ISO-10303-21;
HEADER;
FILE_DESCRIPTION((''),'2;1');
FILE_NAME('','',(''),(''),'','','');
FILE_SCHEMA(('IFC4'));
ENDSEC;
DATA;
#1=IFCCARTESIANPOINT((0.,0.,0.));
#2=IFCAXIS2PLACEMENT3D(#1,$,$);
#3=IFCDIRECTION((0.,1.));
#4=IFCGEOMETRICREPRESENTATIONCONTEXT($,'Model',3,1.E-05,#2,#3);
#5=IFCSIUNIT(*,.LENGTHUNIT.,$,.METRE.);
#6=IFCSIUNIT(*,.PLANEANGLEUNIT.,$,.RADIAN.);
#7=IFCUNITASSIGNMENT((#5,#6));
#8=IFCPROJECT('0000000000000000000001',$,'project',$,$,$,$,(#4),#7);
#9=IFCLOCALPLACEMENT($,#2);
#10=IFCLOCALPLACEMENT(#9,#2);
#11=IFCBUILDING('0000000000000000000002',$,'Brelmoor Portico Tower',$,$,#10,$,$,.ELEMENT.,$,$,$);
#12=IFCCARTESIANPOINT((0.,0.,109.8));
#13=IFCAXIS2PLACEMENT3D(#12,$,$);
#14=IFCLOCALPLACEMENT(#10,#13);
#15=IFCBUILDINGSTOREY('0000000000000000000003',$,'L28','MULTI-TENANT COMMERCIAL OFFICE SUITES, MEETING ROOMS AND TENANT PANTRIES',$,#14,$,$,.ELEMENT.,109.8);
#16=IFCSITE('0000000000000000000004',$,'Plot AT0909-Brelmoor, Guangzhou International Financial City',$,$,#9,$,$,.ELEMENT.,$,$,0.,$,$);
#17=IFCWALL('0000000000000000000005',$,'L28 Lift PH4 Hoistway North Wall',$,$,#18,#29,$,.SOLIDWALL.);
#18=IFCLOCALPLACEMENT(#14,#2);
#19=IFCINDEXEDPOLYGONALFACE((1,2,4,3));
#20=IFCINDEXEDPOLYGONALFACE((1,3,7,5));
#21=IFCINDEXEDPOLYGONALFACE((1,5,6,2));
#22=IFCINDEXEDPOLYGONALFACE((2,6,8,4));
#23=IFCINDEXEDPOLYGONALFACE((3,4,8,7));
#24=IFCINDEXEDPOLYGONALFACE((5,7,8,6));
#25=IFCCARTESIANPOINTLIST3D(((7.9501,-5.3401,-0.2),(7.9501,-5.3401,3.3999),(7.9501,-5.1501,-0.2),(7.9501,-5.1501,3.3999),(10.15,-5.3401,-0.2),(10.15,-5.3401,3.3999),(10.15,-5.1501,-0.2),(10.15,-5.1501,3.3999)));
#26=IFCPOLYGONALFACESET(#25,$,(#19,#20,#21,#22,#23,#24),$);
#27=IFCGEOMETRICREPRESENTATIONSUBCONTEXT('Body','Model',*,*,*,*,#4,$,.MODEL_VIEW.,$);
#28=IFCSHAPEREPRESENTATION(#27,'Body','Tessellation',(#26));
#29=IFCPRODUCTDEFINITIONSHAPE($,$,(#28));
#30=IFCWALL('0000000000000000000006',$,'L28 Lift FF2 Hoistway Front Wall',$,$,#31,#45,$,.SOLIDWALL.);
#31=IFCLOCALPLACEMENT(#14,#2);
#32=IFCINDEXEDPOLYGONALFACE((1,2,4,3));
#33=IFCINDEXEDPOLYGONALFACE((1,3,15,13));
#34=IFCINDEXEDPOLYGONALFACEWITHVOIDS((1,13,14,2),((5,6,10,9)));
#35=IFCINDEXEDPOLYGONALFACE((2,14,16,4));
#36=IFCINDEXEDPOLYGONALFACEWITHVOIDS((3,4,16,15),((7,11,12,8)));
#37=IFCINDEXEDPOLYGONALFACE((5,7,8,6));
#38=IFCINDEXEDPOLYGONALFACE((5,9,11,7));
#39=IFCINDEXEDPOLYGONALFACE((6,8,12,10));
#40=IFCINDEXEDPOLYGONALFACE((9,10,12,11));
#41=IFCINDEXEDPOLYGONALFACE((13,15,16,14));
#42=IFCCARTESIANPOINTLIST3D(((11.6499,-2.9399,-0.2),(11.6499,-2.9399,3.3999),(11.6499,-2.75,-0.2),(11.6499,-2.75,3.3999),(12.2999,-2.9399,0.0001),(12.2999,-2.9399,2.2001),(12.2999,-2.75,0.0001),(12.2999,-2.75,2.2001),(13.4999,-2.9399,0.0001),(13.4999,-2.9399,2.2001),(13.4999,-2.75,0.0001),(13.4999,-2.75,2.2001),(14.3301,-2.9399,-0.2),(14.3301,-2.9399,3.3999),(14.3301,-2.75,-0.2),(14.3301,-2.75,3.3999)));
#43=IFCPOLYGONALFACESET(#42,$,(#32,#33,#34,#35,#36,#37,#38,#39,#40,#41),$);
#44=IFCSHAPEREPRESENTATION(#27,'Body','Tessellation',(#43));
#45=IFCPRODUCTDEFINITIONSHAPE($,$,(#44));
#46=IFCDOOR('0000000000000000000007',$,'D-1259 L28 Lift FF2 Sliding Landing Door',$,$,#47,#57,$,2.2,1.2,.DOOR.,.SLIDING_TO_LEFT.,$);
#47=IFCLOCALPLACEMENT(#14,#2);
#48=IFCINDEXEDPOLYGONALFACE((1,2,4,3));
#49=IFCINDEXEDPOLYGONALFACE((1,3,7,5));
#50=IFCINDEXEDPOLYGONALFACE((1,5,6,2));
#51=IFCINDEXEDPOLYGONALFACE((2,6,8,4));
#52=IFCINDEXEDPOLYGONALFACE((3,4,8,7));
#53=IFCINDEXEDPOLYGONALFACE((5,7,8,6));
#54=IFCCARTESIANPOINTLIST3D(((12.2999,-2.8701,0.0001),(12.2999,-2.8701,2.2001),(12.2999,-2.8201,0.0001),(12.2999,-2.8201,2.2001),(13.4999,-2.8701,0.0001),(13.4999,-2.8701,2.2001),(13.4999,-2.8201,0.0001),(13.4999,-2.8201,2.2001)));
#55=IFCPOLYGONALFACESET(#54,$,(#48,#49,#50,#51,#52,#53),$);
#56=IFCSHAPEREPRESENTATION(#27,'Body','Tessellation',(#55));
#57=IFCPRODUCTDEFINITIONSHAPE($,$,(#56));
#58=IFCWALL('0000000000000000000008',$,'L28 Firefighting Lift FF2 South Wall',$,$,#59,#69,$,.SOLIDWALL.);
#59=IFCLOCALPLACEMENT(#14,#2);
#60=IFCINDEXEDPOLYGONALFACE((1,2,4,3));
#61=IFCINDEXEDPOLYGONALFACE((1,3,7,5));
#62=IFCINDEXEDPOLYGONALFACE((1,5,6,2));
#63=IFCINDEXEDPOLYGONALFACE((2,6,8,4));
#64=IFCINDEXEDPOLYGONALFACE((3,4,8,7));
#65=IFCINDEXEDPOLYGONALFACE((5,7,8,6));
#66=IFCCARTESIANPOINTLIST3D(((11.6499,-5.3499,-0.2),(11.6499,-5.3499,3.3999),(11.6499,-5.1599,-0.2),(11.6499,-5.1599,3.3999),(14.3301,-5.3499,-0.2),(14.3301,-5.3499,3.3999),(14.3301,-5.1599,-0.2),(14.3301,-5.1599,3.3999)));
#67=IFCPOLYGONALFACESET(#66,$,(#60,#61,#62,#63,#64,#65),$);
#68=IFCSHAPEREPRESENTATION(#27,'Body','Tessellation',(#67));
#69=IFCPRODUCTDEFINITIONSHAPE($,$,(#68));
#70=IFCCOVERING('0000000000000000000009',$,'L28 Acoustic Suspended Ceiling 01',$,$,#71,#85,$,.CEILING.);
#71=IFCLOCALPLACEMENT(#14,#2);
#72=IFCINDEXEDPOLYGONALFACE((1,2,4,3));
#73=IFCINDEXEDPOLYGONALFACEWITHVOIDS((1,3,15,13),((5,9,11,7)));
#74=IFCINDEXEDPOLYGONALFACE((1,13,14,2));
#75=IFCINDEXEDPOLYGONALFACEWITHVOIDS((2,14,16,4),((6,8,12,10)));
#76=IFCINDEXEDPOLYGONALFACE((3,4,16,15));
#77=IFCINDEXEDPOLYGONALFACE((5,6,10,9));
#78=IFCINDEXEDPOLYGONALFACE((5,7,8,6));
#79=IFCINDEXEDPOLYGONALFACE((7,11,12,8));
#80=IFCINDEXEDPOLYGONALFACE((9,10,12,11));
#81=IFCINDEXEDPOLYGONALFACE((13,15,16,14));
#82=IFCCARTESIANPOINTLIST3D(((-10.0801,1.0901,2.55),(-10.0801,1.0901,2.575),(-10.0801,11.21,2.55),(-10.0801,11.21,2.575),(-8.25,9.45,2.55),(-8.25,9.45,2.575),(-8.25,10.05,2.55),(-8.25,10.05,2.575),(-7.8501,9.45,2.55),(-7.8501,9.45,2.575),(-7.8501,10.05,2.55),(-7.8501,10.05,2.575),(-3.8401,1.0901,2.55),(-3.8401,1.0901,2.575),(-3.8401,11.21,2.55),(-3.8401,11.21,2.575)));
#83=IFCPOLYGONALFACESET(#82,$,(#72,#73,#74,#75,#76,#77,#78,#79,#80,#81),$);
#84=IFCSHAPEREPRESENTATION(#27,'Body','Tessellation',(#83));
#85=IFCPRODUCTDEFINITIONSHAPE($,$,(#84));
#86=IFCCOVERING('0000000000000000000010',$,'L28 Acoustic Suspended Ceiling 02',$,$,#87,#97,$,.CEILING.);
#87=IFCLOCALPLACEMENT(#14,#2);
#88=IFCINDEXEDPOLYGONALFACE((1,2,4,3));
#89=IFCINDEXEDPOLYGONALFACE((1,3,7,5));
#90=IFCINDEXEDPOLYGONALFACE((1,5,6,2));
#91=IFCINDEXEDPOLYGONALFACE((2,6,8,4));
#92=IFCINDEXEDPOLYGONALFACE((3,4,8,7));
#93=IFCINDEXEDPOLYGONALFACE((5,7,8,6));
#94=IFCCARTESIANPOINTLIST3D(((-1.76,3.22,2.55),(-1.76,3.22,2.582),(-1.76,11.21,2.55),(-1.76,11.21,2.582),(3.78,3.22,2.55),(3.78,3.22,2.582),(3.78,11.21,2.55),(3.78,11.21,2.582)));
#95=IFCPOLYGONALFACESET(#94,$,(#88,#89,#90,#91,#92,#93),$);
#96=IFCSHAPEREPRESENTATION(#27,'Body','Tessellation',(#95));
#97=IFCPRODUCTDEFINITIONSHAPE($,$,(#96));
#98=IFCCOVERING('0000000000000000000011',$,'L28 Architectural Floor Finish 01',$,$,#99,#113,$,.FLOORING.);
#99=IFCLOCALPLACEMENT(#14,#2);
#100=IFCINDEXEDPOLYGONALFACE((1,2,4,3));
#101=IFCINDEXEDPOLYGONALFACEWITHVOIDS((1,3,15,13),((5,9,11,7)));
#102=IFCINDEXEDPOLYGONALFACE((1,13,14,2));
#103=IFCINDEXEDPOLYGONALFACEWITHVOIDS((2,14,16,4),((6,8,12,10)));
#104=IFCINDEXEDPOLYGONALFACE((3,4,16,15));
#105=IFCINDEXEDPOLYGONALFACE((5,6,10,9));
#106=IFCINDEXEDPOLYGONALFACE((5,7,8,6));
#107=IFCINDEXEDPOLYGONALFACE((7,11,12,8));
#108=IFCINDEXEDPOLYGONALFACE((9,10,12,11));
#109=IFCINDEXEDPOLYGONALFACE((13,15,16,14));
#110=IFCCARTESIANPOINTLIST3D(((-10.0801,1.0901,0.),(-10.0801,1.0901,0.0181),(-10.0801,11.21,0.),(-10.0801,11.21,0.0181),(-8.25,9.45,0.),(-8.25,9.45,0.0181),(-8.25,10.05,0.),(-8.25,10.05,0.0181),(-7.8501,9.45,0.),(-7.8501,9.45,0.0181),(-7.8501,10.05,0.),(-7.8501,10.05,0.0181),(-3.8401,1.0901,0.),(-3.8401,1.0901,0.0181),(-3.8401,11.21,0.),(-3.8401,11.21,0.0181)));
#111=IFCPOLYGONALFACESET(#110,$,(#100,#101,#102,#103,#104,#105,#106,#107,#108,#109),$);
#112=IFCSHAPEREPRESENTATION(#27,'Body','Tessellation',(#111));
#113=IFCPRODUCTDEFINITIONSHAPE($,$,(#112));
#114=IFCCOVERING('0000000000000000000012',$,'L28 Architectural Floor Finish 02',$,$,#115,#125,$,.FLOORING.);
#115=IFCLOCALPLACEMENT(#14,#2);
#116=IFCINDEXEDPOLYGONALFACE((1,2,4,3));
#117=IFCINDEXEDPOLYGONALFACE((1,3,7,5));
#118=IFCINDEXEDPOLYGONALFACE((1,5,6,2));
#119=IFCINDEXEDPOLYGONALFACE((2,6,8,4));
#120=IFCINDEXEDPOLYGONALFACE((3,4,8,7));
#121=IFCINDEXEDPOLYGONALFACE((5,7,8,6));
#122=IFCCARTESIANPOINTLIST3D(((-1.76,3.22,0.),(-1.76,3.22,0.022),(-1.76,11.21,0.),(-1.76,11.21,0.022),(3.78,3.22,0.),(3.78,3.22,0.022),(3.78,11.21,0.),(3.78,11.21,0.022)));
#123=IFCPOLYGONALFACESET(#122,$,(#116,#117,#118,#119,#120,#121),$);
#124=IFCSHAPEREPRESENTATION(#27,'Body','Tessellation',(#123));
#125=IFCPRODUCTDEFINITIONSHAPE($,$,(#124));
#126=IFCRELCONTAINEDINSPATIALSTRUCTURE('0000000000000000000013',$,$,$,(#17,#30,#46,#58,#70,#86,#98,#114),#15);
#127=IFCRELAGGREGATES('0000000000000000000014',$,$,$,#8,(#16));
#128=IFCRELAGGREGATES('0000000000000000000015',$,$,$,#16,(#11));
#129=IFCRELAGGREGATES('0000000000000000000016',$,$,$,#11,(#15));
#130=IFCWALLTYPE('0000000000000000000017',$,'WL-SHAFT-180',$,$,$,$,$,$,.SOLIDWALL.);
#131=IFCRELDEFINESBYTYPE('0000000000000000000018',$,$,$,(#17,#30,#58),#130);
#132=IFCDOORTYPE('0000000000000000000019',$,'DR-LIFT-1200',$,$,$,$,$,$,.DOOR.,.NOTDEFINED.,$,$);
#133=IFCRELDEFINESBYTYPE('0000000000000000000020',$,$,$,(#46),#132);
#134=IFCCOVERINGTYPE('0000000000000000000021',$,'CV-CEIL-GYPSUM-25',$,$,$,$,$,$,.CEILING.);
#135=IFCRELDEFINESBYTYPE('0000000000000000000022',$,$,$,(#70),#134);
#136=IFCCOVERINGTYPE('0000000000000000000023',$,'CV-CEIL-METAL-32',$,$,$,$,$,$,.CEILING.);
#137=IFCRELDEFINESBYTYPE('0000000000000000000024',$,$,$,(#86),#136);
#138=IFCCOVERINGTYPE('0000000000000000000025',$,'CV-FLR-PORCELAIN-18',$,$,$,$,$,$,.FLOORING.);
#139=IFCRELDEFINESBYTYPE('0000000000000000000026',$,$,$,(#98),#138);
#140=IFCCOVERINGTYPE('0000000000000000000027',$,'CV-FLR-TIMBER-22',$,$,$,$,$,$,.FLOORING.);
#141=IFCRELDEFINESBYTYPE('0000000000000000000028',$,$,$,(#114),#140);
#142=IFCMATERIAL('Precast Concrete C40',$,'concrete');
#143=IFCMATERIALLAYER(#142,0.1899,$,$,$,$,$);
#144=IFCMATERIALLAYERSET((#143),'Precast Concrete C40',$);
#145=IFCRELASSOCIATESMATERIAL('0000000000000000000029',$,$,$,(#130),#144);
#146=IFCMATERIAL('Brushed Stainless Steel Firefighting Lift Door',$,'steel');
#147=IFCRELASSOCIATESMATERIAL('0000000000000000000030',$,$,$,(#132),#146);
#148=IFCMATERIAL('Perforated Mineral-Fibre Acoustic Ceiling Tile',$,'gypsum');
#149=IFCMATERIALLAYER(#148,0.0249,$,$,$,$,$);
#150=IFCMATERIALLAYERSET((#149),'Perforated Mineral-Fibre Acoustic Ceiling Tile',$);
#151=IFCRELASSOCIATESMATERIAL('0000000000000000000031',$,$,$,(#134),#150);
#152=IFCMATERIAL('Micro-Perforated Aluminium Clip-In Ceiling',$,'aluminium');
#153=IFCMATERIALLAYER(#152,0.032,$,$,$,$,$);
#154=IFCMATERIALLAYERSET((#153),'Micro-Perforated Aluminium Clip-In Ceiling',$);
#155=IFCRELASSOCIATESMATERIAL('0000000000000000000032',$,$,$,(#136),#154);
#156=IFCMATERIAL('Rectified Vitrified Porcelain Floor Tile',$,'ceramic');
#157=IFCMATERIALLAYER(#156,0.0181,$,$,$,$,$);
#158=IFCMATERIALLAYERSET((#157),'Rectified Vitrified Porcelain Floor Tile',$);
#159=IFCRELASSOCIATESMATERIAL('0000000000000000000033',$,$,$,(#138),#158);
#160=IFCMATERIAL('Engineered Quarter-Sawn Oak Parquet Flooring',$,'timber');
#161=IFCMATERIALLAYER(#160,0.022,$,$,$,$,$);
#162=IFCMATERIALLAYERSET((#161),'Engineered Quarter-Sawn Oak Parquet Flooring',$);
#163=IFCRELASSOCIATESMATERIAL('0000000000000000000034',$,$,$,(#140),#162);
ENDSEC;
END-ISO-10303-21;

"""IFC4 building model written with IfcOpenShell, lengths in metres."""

from ifc_helpers import new_model, si_unit, direction, frame, frame_2d, origin, place, context, subcontext, project, spatial, polyline, rectangle, outline, extrude, material, layer, layer_set, type_object, element, fill, save


model = new_model("IFC4")

# Units and contexts
model_context = context("Model", 3, precision=1e-05, world=origin(), true_north=direction((0.0, 1.0)))
body_context = subcontext(model_context, "Body", "Model", "MODEL_VIEW")
ifc_project = project(units=[si_unit("LENGTHUNIT", "METRE"), si_unit("PLANEANGLEUNIT", "RADIAN")], contexts=[model_context])

# Site, building, storey
site_placement = place(None, origin())
site = spatial("IfcSite", under=ifc_project, at=site_placement, Name="Plot AT0909-Brelmoor, Guangzhou International Financial City", CompositionType="ELEMENT", RefElevation=0.0)
building_placement = place(site_placement, origin())
building = spatial("IfcBuilding", under=site, at=building_placement, Name="Brelmoor Portico Tower", CompositionType="ELEMENT")
storey_placement = place(building_placement, frame((0.0, 0.0, 109.8)))
storey = spatial("IfcBuildingStorey", under=building, at=storey_placement, Name="L28", Description="MULTI-TENANT COMMERCIAL OFFICE SUITES, MEETING ROOMS AND TENANT PANTRIES", CompositionType="ELEMENT", Elevation=109.8)

# Shared definitions
ifc_material_1 = material(Name="Precast Concrete C40", Category="concrete")
ifc_layer_1 = layer(ifc_material_1, 0.1899)
ifc_layer_set_1 = layer_set([ifc_layer_1], Name="Precast Concrete C40")
wall_type_1 = type_object("IfcWallType", Name="WL-SHAFT-180", PredefinedType="SOLIDWALL", material=ifc_layer_set_1)

# Wall
for number, where, z_axis, x_axis, name in (
    (1, (7.95, -5.2451, -0.2), (0.0, 0.0, 1.0), (1.0, 0.0, 0.0), "L28 Lift PH4 Hoistway North Wall"),
):
    element("IfcWall", number, at=place(storey_placement, frame(where, z_axis=z_axis, x_axis=x_axis)), inside=storey, type_object=wall_type_1, Name=name, PredefinedType="SOLIDWALL", context=body_context, shape_type="SweptSolid", body=[
        extrude(rectangle(XDim=2.2, YDim=0.1899, at=frame_2d((1.1001, 0.0))), origin(), (0.0, 0.0, 1.0), 3.5999),
    ])

# Wall, opening, door
wall_1_placement = place(storey_placement, frame((11.6499, -2.845, -0.2), z_axis=(0.0, 0.0, 1.0), x_axis=(1.0, 0.0, 0.0)))
wall_1 = element("IfcWall", 2, at=wall_1_placement, inside=storey, type_object=wall_type_1, Name="L28 Lift FF2 Hoistway Front Wall", PredefinedType="SOLIDWALL", context=body_context, shape_type="SweptSolid", body=[
    extrude(rectangle(XDim=2.6802, YDim=0.1899, at=frame_2d((1.3401, 0.0))), origin(), (0.0, 0.0, 1.0), 3.5999),
])
opening_1_placement = place(wall_1_placement, frame((0.6499, 0.0, 0.2)))
opening_1 = element("IfcOpeningElement", 3, at=opening_1_placement, cuts=wall_1, PredefinedType="OPENING", context=body_context, shape_type="SweptSolid", body=[
    extrude(rectangle(XDim=1.2, YDim=2.2, at=frame_2d((0.6001, 1.1001))), frame((0.0, 0.105, 0.0), z_axis=(0.0, -1.0, 0.0), x_axis=(1.0, 0.0, 0.0)), (0.0, 0.0, 1.0), 0.21),
])
ifc_material_2 = material(Name="Brushed Stainless Steel Firefighting Lift Door", Category="steel")
door_type_1 = type_object("IfcDoorType", Name="DR-LIFT-1200", OperationType="NOTDEFINED", PredefinedType="DOOR", material=ifc_material_2)
door_1_placement = place(opening_1_placement, origin())
door_1 = element("IfcDoor", 4, at=door_1_placement, inside=storey, type_object=door_type_1, Name="D-1259 L28 Lift FF2 Sliding Landing Door", OperationType="SLIDING_TO_LEFT", OverallHeight=2.2, OverallWidth=1.2, PredefinedType="DOOR", context=body_context, shape_type="SweptSolid", body=[
    extrude(rectangle(XDim=1.2, YDim=2.2, at=frame_2d((0.6001, 1.1001))), frame((0.0, 0.0249, 0.0), z_axis=(0.0, -1.0, 0.0), x_axis=(1.0, 0.0, 0.0)), (0.0, 0.0, 1.0), 0.05),
])
fill(opening_1, door_1)

# Wall
wall_2_placement = place(storey_placement, frame((11.6499, -5.2549, -0.2), z_axis=(0.0, 0.0, 1.0), x_axis=(1.0, 0.0, 0.0)))
element("IfcWall", 5, at=wall_2_placement, inside=storey, type_object=wall_type_1, Name="L28 Firefighting Lift FF2 South Wall", PredefinedType="SOLIDWALL", context=body_context, shape_type="SweptSolid", body=[
    extrude(rectangle(XDim=2.6802, YDim=0.1899, at=frame_2d((1.3401, 0.0))), origin(), (0.0, 0.0, 1.0), 3.5999),
])

# Coverings
ifc_material_3 = material(Name="Perforated Mineral-Fibre Acoustic Ceiling Tile", Category="gypsum")
ifc_layer_2 = layer(ifc_material_3, 0.0249)
ifc_layer_set_2 = layer_set([ifc_layer_2], Name="Perforated Mineral-Fibre Acoustic Ceiling Tile")
covering_type_1 = type_object("IfcCoveringType", Name="CV-CEIL-GYPSUM-25", PredefinedType="CEILING", material=ifc_layer_set_2)
covering_1_placement = place(storey_placement, frame((0.0, 0.0, 2.55)))
element("IfcCovering", 6, at=covering_1_placement, inside=storey, type_object=covering_type_1, Name="L28 Acoustic Suspended Ceiling 01", PredefinedType="CEILING", context=body_context, shape_type="SweptSolid", body=[
    extrude(outline(polyline([(-10.0801, 11.21), (-3.8401, 11.21), (-3.8401, 1.0901), (-10.0801, 1.0901), (-10.0801, 11.21)]), holes=[polyline([(-7.8501, 9.45), (-7.8501, 10.05), (-8.25, 10.05), (-8.25, 9.45), (-7.8501, 9.45)])]), origin(), (0.0, 0.0, 1.0), 0.0249),
])
ifc_material_4 = material(Name="Micro-Perforated Aluminium Clip-In Ceiling", Category="aluminium")
ifc_layer_3 = layer(ifc_material_4, 0.032)
ifc_layer_set_3 = layer_set([ifc_layer_3], Name="Micro-Perforated Aluminium Clip-In Ceiling")
covering_type_2 = type_object("IfcCoveringType", Name="CV-CEIL-METAL-32", PredefinedType="CEILING", material=ifc_layer_set_3)
covering_2_placement = place(storey_placement, frame((0.0, 0.0, 2.55)))
element("IfcCovering", 7, at=covering_2_placement, inside=storey, type_object=covering_type_2, Name="L28 Acoustic Suspended Ceiling 02", PredefinedType="CEILING", context=body_context, shape_type="SweptSolid", body=[
    extrude(outline(polyline([(-1.76, 3.22), (-1.76, 11.21), (3.78, 11.21), (3.78, 3.22), (-1.76, 3.22)])), origin(), (0.0, 0.0, 1.0), 0.032),
])
ifc_material_5 = material(Name="Rectified Vitrified Porcelain Floor Tile", Category="ceramic")
ifc_layer_4 = layer(ifc_material_5, 0.0181)
ifc_layer_set_4 = layer_set([ifc_layer_4], Name="Rectified Vitrified Porcelain Floor Tile")
covering_type_3 = type_object("IfcCoveringType", Name="CV-FLR-PORCELAIN-18", PredefinedType="FLOORING", material=ifc_layer_set_4)
covering_3_placement = place(storey_placement, origin())
element("IfcCovering", 8, at=covering_3_placement, inside=storey, type_object=covering_type_3, Name="L28 Architectural Floor Finish 01", PredefinedType="FLOORING", context=body_context, shape_type="SweptSolid", body=[
    extrude(outline(polyline([(-10.0801, 11.21), (-3.8401, 11.21), (-3.8401, 1.0901), (-10.0801, 1.0901), (-10.0801, 11.21)]), holes=[polyline([(-7.8501, 9.45), (-7.8501, 10.05), (-8.25, 10.05), (-8.25, 9.45), (-7.8501, 9.45)])]), origin(), (0.0, 0.0, 1.0), 0.0181),
])
ifc_material_6 = material(Name="Engineered Quarter-Sawn Oak Parquet Flooring", Category="timber")
ifc_layer_5 = layer(ifc_material_6, 0.022)
ifc_layer_set_5 = layer_set([ifc_layer_5], Name="Engineered Quarter-Sawn Oak Parquet Flooring")
covering_type_4 = type_object("IfcCoveringType", Name="CV-FLR-TIMBER-22", PredefinedType="FLOORING", material=ifc_layer_set_5)
covering_4_placement = place(storey_placement, origin())
element("IfcCovering", 9, at=covering_4_placement, inside=storey, type_object=covering_type_4, Name="L28 Architectural Floor Finish 02", PredefinedType="FLOORING", context=body_context, shape_type="SweptSolid", body=[
    extrude(outline(polyline([(-1.76, 3.22), (-1.76, 11.21), (3.78, 11.21), (3.78, 3.22), (-1.76, 3.22)])), origin(), (0.0, 0.0, 1.0), 0.022),
])

save(model, "model.ifc")
